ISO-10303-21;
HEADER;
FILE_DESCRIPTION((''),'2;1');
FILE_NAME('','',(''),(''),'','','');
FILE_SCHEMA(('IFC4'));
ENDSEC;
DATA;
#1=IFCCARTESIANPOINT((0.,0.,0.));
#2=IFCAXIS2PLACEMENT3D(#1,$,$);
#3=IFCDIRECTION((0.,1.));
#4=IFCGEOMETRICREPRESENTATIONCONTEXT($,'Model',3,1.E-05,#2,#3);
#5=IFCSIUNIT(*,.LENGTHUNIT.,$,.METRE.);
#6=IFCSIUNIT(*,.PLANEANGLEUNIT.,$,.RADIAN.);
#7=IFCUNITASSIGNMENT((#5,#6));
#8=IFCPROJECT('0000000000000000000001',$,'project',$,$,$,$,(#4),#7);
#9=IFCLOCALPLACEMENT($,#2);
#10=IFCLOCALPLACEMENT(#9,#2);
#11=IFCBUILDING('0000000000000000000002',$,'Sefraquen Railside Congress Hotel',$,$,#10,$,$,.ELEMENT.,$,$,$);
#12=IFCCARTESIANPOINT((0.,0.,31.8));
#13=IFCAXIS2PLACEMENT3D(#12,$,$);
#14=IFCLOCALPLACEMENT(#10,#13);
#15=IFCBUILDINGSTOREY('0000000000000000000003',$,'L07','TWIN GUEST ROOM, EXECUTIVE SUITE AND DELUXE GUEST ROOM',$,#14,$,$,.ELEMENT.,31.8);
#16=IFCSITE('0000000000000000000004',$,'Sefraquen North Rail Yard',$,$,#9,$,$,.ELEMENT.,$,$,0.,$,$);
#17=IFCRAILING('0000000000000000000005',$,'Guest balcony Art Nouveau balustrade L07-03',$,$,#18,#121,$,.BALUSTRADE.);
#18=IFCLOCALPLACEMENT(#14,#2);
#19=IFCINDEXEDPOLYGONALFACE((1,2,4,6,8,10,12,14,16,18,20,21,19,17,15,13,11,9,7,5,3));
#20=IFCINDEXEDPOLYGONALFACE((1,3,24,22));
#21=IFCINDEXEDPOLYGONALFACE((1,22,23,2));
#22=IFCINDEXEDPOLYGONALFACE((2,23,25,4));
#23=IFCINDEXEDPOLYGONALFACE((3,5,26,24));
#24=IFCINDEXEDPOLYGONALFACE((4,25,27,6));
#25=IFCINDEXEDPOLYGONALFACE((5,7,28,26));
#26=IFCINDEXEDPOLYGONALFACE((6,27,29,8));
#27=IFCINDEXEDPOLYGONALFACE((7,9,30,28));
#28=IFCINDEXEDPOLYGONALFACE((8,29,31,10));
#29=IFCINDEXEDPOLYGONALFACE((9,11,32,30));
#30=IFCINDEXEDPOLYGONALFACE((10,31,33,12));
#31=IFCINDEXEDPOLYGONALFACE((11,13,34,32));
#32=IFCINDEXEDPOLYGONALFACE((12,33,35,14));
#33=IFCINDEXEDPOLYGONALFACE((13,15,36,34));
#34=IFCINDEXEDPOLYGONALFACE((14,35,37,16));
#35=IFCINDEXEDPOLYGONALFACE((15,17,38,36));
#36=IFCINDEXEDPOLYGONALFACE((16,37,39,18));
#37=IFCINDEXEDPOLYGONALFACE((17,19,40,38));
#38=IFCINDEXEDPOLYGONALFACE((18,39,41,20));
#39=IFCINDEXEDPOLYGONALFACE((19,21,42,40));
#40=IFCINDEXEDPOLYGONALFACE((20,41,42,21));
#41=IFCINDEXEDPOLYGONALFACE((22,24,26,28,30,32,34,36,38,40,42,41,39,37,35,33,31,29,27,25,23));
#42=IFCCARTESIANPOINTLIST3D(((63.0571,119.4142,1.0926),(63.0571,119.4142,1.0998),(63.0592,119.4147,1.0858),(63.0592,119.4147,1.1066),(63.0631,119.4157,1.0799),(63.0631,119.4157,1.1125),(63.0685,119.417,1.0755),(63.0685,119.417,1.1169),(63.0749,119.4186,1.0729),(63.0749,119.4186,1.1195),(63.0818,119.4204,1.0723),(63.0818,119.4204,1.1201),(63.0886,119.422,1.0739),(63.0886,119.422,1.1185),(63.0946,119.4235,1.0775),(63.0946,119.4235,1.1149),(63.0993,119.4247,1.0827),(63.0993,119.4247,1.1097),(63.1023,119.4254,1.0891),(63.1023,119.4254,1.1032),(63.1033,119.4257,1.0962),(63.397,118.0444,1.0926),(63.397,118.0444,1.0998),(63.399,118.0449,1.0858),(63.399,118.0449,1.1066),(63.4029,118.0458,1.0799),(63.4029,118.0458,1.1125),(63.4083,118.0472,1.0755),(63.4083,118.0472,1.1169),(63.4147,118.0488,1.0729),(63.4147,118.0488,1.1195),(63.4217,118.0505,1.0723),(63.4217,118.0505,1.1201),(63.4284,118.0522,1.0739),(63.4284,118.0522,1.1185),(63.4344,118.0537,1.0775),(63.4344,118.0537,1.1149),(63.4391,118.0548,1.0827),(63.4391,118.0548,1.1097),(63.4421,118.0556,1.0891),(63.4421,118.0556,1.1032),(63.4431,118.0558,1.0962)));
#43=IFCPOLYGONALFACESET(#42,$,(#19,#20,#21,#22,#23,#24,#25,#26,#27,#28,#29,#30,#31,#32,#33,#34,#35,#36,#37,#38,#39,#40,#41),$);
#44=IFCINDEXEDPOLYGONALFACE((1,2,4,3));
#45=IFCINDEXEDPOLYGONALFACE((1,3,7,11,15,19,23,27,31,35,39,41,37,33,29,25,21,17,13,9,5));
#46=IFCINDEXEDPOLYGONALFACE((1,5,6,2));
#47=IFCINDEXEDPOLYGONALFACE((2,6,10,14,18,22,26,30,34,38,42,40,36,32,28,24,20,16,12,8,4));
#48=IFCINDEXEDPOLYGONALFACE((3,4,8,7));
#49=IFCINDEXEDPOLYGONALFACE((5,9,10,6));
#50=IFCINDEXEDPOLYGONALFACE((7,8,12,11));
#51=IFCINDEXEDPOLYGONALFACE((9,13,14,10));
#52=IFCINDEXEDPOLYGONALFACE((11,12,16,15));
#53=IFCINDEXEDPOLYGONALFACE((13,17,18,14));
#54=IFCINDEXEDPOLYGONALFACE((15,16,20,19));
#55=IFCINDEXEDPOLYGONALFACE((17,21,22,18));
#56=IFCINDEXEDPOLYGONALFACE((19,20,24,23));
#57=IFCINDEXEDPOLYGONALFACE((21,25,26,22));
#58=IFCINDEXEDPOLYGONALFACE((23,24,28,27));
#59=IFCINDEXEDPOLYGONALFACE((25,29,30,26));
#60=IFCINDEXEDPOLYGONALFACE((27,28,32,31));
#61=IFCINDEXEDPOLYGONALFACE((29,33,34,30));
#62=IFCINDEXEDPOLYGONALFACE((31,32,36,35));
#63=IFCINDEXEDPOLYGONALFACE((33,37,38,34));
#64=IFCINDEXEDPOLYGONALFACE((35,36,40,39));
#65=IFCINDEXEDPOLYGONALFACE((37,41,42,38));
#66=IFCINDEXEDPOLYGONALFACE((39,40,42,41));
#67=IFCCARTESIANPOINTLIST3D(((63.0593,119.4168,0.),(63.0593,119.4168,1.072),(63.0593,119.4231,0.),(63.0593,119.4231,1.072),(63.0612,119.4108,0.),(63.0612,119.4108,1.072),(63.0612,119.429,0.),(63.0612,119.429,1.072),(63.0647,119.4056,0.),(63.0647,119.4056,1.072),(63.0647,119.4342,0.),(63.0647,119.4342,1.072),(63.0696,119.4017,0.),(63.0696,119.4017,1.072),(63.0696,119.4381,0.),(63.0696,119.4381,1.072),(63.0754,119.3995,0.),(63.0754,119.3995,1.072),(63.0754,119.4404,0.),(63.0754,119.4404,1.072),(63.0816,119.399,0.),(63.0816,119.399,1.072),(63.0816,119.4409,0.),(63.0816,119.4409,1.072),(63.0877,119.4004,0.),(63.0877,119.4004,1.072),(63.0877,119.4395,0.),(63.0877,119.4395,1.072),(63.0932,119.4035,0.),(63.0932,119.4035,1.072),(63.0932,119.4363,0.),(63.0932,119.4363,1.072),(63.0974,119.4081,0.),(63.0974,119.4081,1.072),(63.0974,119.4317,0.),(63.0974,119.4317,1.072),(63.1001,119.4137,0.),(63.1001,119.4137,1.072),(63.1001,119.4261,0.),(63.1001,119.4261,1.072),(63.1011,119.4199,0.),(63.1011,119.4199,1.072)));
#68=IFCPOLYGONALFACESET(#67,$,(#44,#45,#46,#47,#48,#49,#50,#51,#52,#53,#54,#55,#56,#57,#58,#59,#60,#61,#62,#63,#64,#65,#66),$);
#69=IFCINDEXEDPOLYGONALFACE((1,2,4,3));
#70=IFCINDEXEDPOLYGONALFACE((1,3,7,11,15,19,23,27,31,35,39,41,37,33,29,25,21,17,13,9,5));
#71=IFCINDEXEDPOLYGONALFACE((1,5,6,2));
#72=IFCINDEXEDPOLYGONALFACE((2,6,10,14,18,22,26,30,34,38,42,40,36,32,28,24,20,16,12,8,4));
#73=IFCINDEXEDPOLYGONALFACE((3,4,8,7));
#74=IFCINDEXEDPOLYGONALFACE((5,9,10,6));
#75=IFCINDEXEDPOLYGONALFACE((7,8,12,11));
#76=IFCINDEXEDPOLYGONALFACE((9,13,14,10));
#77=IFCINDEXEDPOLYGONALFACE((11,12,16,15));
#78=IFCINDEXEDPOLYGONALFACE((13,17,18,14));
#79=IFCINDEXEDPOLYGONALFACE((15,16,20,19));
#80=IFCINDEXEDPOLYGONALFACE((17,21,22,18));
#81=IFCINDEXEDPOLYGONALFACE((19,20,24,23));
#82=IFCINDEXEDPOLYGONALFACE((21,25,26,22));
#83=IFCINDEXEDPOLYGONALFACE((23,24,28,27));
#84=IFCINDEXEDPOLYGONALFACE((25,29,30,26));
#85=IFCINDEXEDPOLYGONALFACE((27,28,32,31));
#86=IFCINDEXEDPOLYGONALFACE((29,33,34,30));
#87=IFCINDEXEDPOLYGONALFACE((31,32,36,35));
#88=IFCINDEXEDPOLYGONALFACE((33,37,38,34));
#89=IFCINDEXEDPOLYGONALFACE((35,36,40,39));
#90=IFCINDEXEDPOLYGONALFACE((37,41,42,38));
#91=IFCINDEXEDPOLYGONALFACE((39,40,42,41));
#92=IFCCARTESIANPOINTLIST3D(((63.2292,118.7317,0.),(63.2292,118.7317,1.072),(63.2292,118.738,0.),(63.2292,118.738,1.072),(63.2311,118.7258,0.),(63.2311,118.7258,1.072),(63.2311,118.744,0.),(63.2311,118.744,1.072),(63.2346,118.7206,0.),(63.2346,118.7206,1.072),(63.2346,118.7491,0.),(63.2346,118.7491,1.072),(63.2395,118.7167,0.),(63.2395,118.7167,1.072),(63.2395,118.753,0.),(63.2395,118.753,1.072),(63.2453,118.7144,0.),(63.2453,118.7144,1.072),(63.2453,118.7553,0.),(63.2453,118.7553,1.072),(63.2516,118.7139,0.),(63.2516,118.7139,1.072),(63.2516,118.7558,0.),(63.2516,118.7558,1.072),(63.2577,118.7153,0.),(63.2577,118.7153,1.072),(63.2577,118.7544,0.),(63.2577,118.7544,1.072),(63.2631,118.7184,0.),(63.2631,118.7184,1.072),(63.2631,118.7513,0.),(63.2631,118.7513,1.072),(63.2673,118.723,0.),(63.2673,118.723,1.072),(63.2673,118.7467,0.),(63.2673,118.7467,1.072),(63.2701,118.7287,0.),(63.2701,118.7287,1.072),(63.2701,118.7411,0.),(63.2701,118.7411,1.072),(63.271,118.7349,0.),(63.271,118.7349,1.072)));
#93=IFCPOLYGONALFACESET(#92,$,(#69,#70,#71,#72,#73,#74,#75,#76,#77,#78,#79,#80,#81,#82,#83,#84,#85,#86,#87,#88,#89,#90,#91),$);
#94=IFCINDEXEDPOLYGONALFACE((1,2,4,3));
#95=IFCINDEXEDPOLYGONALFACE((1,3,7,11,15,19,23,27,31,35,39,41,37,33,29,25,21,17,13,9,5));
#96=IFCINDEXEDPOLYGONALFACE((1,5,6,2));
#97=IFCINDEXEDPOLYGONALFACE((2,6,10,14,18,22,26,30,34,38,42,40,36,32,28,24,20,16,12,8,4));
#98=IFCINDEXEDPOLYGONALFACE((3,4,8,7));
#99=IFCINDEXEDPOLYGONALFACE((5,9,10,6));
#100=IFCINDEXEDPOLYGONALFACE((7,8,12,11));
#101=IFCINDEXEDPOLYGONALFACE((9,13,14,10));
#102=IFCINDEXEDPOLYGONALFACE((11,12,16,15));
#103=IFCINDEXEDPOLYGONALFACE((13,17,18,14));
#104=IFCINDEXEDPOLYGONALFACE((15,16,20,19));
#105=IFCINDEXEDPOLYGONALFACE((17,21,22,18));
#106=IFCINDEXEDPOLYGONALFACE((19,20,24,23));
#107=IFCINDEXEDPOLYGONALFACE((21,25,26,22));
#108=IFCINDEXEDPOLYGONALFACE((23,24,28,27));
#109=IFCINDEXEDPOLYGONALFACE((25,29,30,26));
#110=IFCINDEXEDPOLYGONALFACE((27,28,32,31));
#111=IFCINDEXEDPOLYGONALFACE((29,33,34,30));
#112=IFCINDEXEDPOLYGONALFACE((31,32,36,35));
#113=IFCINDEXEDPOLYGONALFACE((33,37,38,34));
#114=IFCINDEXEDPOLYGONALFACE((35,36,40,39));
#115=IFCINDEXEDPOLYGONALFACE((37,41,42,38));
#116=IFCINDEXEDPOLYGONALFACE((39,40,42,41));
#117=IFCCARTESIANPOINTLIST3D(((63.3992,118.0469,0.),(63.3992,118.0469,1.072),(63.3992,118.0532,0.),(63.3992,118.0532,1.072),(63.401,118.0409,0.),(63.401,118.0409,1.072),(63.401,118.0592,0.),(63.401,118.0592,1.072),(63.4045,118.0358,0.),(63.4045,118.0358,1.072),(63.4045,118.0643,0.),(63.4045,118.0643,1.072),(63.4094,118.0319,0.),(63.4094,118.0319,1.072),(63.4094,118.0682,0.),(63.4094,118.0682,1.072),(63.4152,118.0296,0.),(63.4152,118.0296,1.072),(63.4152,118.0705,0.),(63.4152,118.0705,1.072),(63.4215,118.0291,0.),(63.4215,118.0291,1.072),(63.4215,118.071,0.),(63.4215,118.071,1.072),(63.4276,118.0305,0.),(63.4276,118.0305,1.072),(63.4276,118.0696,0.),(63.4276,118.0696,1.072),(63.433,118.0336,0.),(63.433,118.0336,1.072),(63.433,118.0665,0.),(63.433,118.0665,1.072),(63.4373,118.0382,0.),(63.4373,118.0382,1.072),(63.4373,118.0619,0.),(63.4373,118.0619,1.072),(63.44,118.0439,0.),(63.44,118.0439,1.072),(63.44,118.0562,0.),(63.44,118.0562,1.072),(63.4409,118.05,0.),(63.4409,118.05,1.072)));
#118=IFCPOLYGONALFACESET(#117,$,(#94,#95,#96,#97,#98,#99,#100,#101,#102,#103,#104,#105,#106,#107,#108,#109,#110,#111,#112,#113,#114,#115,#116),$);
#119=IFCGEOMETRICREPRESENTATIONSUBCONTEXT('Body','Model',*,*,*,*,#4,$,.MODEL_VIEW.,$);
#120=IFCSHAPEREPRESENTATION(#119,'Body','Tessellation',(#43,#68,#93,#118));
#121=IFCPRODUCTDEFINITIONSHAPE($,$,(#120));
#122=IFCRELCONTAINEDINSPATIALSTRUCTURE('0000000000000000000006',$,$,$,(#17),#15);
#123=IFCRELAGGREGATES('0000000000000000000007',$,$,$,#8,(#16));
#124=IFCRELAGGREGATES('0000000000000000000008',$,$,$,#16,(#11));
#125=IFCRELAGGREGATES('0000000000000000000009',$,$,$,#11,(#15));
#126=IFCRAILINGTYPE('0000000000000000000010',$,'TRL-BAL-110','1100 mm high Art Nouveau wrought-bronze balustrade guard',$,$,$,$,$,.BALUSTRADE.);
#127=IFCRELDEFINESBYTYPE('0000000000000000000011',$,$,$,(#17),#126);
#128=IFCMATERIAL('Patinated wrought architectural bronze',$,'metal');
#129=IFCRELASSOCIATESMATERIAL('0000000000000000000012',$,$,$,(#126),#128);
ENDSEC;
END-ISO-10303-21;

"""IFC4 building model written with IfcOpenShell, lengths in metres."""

from ifc_helpers import new_model, si_unit, direction, frame, origin, origin_2d, place, context, subcontext, project, spatial, circle, extrude, material, type_object, element, save


model = new_model("IFC4")

# Units and contexts
model_context = context("Model", 3, precision=1e-05, world=origin(), true_north=direction((0.0, 1.0)))
body_context = subcontext(model_context, "Body", "Model", "MODEL_VIEW")
ifc_project = project(units=[si_unit("LENGTHUNIT", "METRE"), si_unit("PLANEANGLEUNIT", "RADIAN")], contexts=[model_context])

# Site, building, storey
site_placement = place(None, origin())
site = spatial("IfcSite", under=ifc_project, at=site_placement, Name="Sefraquen North Rail Yard", CompositionType="ELEMENT", RefElevation=0.0)
building_placement = place(site_placement, origin())
building = spatial("IfcBuilding", under=site, at=building_placement, Name="Sefraquen Railside Congress Hotel", CompositionType="ELEMENT")
storey_placement = place(building_placement, frame((0.0, 0.0, 31.8)))
storey = spatial("IfcBuildingStorey", under=building, at=storey_placement, Name="L07", Description="TWIN GUEST ROOM, EXECUTIVE SUITE AND DELUXE GUEST ROOM", CompositionType="ELEMENT", Elevation=31.8)

# Railing
ifc_material_1 = material(Name="Patinated wrought architectural bronze", Category="metal")
railing_type = type_object("IfcRailingType", Name="TRL-BAL-110", Description="1100 mm high Art Nouveau wrought-bronze balustrade guard", PredefinedType="BALUSTRADE", material=ifc_material_1)
railing_1_placement = place(storey_placement, frame((63.0801, 119.4199, 0.0)))
element("IfcRailing", 1, at=railing_1_placement, inside=storey, type_object=railing_type, Name="Guest balcony Art Nouveau balustrade L07-03", PredefinedType="BALUSTRADE", context=body_context, shape_type="SweptSolid", body=[
    extrude(circle(Radius=0.0239, at=origin_2d()), frame((0.0, 0.0, 1.0962), z_axis=(0.240785, -0.970578, 0.0), x_axis=(0.970578, 0.240785, 0.0)), (0.0, 0.0, 1.0), 1.4114),
    extrude(circle(Radius=0.021, at=origin_2d()), origin(), (0.0, 0.0, 1.0), 1.072),
    extrude(circle(Radius=0.021, at=origin_2d()), frame((0.1699, -0.6851, 0.0)), (0.0, 0.0, 1.0), 1.072),
    extrude(circle(Radius=0.021, at=origin_2d()), frame((0.3398, -1.3699, 0.0)), (0.0, 0.0, 1.0), 1.072),
])

save(model, "model.ifc")
